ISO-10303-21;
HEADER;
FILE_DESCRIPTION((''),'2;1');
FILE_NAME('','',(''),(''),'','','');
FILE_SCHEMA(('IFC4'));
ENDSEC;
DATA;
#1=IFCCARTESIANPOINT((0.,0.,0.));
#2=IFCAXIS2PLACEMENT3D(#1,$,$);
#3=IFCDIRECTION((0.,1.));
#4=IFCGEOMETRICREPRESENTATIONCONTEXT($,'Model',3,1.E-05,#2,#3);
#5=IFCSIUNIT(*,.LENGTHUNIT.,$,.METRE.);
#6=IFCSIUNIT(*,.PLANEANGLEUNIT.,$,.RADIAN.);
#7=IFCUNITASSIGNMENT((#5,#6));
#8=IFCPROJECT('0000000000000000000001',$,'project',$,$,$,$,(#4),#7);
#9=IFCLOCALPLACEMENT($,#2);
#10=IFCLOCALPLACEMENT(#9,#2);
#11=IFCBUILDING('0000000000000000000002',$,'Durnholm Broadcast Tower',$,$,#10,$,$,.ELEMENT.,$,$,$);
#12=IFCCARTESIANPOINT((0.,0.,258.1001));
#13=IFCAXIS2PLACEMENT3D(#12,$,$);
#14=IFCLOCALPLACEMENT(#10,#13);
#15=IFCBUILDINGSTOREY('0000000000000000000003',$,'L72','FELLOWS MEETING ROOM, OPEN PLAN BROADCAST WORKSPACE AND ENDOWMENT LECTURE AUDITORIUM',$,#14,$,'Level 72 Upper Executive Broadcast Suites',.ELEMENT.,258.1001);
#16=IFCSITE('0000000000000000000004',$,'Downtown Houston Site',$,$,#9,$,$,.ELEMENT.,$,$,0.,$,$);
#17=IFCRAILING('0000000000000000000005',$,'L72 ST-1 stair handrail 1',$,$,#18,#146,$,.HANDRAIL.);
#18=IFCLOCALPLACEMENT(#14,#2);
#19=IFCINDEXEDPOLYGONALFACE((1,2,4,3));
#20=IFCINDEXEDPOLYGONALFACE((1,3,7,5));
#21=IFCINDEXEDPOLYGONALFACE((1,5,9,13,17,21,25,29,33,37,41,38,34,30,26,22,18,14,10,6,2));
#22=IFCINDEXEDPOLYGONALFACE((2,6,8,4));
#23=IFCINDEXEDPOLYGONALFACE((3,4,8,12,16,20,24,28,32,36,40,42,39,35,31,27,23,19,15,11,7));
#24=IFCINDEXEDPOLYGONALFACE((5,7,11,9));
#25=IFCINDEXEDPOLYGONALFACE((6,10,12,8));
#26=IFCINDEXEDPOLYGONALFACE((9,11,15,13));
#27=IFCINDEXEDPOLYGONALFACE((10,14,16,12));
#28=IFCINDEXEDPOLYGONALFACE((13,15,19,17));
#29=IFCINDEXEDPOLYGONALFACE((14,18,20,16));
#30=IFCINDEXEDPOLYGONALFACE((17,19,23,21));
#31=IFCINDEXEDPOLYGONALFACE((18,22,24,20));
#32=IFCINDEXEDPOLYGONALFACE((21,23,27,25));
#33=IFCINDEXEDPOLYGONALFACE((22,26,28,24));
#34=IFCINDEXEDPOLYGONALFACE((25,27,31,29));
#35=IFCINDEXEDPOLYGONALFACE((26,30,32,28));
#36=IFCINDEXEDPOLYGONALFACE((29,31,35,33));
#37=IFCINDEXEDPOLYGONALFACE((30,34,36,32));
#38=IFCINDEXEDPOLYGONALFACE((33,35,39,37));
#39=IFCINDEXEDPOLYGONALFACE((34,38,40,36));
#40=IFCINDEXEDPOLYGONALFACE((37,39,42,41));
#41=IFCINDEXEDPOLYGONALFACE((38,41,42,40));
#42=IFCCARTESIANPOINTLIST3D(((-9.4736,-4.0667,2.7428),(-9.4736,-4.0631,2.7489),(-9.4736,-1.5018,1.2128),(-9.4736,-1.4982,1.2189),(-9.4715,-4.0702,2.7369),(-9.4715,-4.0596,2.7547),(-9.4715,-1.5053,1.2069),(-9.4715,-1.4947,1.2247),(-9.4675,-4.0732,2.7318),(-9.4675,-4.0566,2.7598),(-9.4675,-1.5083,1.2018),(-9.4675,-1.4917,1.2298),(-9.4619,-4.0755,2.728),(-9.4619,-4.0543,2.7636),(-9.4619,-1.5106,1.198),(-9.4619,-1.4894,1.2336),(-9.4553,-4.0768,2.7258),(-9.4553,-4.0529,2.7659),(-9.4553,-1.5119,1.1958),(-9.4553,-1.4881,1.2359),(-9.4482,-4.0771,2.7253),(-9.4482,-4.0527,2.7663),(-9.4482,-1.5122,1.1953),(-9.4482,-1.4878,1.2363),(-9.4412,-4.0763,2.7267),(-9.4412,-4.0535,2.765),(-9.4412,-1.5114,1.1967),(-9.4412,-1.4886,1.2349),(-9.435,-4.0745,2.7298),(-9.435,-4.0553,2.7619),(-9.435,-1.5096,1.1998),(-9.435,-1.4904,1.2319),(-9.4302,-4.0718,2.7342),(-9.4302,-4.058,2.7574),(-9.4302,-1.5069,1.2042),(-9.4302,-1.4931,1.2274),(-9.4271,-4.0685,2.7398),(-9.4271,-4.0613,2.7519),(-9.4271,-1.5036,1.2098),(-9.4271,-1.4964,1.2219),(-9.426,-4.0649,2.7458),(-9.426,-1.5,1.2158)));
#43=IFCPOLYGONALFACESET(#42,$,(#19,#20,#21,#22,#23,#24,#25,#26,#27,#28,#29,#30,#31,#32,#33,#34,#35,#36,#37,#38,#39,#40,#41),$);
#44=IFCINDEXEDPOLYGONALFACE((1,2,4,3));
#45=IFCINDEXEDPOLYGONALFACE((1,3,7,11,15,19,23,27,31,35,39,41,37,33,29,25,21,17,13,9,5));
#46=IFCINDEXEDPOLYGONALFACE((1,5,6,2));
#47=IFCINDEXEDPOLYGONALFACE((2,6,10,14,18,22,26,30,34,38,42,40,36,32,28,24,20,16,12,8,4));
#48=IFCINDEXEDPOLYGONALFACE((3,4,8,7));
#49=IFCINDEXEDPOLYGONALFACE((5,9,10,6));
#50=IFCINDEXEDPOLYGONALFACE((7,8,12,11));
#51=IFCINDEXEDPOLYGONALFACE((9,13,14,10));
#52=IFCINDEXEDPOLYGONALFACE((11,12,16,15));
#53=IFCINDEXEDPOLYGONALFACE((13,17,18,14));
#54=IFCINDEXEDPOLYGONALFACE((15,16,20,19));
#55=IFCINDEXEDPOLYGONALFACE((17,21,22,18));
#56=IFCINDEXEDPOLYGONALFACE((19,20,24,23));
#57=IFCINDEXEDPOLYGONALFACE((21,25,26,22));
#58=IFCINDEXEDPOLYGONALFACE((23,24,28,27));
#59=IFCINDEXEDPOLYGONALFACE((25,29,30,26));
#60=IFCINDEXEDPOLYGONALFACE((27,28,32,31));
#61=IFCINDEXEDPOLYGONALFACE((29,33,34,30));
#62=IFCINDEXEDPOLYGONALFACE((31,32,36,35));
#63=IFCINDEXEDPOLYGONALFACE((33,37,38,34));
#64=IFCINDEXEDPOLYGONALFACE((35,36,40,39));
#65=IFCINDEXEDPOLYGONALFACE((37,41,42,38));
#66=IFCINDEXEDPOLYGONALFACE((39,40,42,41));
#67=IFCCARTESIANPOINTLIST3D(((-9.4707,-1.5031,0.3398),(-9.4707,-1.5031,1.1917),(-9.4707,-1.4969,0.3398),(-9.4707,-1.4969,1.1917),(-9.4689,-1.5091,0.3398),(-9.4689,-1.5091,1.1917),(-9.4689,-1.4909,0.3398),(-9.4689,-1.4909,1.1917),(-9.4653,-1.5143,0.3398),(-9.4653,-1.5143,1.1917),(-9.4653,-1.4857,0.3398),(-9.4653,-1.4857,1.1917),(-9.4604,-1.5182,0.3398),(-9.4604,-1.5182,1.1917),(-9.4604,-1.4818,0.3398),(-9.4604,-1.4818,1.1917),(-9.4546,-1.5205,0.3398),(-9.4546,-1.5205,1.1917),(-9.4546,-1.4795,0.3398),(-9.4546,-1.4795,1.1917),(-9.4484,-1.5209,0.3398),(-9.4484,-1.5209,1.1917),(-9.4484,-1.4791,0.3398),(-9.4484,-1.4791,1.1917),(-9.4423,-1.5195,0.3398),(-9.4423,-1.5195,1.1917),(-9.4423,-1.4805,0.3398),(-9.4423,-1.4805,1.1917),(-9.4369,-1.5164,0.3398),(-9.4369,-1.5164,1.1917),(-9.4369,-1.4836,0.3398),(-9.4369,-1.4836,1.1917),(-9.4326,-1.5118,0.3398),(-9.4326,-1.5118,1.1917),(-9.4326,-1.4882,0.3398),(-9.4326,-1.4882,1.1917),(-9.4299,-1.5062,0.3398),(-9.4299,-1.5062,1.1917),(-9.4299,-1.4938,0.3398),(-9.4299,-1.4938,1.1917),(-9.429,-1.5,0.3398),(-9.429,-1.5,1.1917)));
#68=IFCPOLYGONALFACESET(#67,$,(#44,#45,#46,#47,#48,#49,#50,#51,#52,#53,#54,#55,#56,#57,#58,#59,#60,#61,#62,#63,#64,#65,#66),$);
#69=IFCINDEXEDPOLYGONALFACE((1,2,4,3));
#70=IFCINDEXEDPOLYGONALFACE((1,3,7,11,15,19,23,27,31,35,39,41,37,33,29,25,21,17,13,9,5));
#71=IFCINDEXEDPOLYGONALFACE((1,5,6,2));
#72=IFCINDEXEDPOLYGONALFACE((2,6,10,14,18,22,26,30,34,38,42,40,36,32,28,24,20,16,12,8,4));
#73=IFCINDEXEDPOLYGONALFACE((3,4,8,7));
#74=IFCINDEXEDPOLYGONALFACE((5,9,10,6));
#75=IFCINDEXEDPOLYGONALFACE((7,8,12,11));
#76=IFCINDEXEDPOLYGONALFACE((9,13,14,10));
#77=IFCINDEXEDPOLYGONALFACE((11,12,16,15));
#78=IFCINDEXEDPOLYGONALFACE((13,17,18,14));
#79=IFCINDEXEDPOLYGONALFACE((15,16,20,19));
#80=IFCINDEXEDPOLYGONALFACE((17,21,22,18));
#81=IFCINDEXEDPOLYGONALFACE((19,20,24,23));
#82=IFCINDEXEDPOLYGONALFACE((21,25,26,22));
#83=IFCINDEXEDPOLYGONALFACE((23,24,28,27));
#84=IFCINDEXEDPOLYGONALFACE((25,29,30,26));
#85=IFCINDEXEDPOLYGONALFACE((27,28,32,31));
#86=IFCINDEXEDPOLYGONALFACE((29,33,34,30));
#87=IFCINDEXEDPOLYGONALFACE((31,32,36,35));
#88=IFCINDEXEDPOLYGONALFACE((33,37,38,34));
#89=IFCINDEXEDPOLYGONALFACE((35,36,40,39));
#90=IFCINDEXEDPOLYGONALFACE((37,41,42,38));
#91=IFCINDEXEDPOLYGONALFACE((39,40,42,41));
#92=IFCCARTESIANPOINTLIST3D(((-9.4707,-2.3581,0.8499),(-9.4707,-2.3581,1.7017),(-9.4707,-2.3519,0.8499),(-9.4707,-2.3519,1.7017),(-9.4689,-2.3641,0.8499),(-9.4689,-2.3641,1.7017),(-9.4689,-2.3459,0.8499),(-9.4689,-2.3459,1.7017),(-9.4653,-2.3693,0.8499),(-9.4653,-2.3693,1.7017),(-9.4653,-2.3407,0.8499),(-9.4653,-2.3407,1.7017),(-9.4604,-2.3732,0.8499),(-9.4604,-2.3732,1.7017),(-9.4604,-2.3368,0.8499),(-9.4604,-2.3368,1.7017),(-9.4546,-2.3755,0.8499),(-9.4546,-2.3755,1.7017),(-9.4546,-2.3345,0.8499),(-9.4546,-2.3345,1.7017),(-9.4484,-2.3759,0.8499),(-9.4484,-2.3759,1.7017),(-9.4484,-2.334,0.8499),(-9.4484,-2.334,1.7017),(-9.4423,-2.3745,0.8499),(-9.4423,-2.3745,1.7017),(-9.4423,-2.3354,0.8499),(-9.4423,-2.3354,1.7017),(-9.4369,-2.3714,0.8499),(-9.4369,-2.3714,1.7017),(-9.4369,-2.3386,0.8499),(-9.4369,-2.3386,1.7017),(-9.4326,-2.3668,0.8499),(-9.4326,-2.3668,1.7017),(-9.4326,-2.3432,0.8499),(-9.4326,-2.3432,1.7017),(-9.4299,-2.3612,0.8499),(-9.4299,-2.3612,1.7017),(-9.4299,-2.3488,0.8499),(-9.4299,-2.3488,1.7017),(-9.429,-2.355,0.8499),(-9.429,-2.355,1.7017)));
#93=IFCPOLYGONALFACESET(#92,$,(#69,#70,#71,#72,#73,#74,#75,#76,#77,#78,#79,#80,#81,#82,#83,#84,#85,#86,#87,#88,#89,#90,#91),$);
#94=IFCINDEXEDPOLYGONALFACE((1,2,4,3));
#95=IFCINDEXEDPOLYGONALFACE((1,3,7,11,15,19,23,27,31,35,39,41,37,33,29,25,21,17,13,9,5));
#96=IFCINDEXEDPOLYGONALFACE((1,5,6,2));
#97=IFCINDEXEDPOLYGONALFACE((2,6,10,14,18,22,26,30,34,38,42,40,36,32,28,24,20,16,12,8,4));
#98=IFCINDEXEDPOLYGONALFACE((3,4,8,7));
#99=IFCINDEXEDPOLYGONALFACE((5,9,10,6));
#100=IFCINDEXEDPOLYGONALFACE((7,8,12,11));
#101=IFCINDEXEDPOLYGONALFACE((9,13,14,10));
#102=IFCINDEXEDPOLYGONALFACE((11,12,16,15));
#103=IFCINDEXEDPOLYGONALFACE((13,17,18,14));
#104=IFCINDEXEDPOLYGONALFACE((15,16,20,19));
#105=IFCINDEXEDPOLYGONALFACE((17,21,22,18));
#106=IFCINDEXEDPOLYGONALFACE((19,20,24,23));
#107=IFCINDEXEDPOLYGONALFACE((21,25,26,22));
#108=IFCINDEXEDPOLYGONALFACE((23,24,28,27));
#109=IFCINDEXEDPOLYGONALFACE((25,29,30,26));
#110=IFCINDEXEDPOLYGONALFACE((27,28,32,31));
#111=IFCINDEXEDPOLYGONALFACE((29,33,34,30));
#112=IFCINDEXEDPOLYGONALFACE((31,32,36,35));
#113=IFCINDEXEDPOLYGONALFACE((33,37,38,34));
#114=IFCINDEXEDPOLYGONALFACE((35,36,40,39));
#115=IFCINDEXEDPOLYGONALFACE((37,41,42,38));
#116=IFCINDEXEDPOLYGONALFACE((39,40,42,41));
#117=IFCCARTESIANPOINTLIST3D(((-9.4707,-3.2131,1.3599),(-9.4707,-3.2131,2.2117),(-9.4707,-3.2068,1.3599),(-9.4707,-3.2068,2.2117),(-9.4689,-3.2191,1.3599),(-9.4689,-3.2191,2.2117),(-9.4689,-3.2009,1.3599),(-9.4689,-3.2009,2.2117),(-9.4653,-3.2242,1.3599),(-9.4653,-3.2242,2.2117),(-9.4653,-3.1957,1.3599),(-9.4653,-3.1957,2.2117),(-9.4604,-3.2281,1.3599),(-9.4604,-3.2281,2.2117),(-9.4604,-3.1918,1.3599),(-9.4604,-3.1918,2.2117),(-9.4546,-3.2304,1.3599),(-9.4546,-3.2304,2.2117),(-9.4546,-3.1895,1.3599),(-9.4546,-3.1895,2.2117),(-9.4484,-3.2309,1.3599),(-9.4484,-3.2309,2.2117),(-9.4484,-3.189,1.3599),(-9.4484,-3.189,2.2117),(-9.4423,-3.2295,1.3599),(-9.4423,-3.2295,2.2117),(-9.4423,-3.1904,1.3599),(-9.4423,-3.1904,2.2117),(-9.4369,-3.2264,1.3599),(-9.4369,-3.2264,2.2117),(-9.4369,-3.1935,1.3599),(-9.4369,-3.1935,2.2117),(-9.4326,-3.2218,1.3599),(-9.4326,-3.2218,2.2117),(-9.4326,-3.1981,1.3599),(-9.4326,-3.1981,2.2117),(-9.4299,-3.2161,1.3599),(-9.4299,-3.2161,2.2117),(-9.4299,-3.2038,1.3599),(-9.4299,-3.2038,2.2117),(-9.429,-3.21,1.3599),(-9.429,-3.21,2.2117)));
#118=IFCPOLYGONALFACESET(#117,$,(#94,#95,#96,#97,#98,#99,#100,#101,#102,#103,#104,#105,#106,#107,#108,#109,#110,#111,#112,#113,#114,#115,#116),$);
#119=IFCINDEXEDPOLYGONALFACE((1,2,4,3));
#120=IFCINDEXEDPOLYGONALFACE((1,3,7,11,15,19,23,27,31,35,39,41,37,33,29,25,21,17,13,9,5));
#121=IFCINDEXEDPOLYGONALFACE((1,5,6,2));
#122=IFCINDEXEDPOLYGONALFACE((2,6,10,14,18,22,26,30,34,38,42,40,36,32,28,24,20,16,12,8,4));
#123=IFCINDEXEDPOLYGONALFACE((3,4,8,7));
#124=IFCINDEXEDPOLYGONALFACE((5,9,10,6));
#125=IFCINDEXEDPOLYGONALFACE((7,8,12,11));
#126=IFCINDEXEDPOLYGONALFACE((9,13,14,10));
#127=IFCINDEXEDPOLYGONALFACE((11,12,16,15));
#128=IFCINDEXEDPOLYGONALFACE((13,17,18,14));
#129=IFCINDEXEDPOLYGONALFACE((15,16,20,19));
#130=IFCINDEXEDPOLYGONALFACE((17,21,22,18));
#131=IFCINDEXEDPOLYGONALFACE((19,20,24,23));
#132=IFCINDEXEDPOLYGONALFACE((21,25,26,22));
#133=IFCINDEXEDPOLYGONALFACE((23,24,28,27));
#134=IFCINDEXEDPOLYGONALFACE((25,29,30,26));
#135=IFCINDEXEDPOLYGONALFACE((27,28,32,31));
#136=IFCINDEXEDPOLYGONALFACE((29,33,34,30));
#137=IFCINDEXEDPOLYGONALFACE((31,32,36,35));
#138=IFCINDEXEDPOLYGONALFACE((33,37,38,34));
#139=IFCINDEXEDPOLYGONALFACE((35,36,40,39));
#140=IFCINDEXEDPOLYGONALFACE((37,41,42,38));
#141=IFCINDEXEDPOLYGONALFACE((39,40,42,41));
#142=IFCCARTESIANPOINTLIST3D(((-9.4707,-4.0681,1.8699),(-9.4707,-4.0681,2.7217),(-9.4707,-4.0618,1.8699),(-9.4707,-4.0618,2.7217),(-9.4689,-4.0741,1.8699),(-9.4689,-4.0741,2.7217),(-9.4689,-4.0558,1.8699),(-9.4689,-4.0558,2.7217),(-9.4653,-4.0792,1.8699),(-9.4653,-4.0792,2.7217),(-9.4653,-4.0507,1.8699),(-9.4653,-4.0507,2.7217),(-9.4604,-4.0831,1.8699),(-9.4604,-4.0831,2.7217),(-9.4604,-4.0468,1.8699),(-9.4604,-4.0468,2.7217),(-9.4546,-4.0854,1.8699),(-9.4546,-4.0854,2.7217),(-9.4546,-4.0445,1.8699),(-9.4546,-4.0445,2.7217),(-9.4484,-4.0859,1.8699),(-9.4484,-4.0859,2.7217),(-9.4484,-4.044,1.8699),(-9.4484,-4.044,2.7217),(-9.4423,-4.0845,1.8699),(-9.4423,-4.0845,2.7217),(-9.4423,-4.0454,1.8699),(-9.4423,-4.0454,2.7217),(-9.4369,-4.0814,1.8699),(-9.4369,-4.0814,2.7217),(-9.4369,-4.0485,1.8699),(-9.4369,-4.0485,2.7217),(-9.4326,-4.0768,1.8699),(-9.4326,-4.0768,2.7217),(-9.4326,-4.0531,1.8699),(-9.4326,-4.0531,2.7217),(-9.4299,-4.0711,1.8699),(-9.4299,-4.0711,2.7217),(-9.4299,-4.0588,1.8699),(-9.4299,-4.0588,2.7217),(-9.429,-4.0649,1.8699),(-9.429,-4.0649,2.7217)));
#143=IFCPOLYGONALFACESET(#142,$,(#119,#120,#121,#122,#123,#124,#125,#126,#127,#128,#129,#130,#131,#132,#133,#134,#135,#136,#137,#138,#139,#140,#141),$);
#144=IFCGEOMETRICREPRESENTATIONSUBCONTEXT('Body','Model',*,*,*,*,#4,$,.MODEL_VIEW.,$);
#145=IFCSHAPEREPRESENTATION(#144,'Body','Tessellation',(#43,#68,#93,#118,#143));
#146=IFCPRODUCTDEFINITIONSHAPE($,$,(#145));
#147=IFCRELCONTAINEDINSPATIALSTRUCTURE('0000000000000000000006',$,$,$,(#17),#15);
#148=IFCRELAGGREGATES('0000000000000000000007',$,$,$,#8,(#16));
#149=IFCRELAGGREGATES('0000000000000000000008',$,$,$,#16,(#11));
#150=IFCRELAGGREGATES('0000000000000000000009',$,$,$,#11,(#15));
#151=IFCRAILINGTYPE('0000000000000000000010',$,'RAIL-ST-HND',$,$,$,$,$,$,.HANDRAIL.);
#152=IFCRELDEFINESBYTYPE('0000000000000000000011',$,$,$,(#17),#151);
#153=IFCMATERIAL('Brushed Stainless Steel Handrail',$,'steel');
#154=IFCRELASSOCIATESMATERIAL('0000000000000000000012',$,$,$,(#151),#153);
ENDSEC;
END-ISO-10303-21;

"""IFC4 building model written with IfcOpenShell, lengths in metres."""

from ifc_helpers import new_model, si_unit, direction, frame, origin, origin_2d, place, context, subcontext, project, spatial, circle, extrude, material, type_object, element, save


model = new_model("IFC4")

# Units and contexts
model_context = context("Model", 3, precision=1e-05, world=origin(), true_north=direction((0.0, 1.0)))
body_context = subcontext(model_context, "Body", "Model", "MODEL_VIEW")
ifc_project = project(units=[si_unit("LENGTHUNIT", "METRE"), si_unit("PLANEANGLEUNIT", "RADIAN")], contexts=[model_context])

# Site, building, storey
site_placement = place(None, origin())
site = spatial("IfcSite", under=ifc_project, at=site_placement, Name="Downtown Houston Site", CompositionType="ELEMENT", RefElevation=0.0)
building_placement = place(site_placement, origin())
building = spatial("IfcBuilding", under=site, at=building_placement, Name="Durnholm Broadcast Tower", CompositionType="ELEMENT")
storey_placement = place(building_placement, frame((0.0, 0.0, 258.1001)))
storey = spatial("IfcBuildingStorey", under=building, at=storey_placement, Name="L72", Description="FELLOWS MEETING ROOM, OPEN PLAN BROADCAST WORKSPACE AND ENDOWMENT LECTURE AUDITORIUM", LongName="Level 72 Upper Executive Broadcast Suites", CompositionType="ELEMENT", Elevation=258.1001)

# Railing
ifc_material_1 = material(Name="Brushed Stainless Steel Handrail", Category="steel")
railing_type_1 = type_object("IfcRailingType", Name="RAIL-ST-HND", PredefinedType="HANDRAIL", material=ifc_material_1)
railing_1_placement = place(storey_placement, frame((-9.45, -1.5, 0.3398)))
element("IfcRailing", 1, at=railing_1_placement, inside=storey, type_object=railing_type_1, Name="L72 ST-1 stair handrail 1", PredefinedType="HANDRAIL", context=body_context, shape_type="SweptSolid", body=[
    extrude(circle(Radius=0.0239, at=origin_2d()), frame((0.0, 0.0, 0.876), z_axis=(0.0, -0.85881, 0.512294), x_axis=(1.0, 0.0, 0.0)), (0.0, 0.0, 1.0), 2.9866),
    extrude(circle(Radius=0.021, at=origin_2d()), origin(), (0.0, 0.0, 1.0), 0.8518),
    extrude(circle(Radius=0.021, at=origin_2d()), frame((0.0, -0.855, 0.51)), (0.0, 0.0, 1.0), 0.8518),
    extrude(circle(Radius=0.021, at=origin_2d()), frame((0.0, -1.71, 1.02)), (0.0, 0.0, 1.0), 0.8518),
    extrude(circle(Radius=0.021, at=origin_2d()), frame((0.0, -2.5649, 1.53)), (0.0, 0.0, 1.0), 0.8518),
])

save(model, "model.ifc")
